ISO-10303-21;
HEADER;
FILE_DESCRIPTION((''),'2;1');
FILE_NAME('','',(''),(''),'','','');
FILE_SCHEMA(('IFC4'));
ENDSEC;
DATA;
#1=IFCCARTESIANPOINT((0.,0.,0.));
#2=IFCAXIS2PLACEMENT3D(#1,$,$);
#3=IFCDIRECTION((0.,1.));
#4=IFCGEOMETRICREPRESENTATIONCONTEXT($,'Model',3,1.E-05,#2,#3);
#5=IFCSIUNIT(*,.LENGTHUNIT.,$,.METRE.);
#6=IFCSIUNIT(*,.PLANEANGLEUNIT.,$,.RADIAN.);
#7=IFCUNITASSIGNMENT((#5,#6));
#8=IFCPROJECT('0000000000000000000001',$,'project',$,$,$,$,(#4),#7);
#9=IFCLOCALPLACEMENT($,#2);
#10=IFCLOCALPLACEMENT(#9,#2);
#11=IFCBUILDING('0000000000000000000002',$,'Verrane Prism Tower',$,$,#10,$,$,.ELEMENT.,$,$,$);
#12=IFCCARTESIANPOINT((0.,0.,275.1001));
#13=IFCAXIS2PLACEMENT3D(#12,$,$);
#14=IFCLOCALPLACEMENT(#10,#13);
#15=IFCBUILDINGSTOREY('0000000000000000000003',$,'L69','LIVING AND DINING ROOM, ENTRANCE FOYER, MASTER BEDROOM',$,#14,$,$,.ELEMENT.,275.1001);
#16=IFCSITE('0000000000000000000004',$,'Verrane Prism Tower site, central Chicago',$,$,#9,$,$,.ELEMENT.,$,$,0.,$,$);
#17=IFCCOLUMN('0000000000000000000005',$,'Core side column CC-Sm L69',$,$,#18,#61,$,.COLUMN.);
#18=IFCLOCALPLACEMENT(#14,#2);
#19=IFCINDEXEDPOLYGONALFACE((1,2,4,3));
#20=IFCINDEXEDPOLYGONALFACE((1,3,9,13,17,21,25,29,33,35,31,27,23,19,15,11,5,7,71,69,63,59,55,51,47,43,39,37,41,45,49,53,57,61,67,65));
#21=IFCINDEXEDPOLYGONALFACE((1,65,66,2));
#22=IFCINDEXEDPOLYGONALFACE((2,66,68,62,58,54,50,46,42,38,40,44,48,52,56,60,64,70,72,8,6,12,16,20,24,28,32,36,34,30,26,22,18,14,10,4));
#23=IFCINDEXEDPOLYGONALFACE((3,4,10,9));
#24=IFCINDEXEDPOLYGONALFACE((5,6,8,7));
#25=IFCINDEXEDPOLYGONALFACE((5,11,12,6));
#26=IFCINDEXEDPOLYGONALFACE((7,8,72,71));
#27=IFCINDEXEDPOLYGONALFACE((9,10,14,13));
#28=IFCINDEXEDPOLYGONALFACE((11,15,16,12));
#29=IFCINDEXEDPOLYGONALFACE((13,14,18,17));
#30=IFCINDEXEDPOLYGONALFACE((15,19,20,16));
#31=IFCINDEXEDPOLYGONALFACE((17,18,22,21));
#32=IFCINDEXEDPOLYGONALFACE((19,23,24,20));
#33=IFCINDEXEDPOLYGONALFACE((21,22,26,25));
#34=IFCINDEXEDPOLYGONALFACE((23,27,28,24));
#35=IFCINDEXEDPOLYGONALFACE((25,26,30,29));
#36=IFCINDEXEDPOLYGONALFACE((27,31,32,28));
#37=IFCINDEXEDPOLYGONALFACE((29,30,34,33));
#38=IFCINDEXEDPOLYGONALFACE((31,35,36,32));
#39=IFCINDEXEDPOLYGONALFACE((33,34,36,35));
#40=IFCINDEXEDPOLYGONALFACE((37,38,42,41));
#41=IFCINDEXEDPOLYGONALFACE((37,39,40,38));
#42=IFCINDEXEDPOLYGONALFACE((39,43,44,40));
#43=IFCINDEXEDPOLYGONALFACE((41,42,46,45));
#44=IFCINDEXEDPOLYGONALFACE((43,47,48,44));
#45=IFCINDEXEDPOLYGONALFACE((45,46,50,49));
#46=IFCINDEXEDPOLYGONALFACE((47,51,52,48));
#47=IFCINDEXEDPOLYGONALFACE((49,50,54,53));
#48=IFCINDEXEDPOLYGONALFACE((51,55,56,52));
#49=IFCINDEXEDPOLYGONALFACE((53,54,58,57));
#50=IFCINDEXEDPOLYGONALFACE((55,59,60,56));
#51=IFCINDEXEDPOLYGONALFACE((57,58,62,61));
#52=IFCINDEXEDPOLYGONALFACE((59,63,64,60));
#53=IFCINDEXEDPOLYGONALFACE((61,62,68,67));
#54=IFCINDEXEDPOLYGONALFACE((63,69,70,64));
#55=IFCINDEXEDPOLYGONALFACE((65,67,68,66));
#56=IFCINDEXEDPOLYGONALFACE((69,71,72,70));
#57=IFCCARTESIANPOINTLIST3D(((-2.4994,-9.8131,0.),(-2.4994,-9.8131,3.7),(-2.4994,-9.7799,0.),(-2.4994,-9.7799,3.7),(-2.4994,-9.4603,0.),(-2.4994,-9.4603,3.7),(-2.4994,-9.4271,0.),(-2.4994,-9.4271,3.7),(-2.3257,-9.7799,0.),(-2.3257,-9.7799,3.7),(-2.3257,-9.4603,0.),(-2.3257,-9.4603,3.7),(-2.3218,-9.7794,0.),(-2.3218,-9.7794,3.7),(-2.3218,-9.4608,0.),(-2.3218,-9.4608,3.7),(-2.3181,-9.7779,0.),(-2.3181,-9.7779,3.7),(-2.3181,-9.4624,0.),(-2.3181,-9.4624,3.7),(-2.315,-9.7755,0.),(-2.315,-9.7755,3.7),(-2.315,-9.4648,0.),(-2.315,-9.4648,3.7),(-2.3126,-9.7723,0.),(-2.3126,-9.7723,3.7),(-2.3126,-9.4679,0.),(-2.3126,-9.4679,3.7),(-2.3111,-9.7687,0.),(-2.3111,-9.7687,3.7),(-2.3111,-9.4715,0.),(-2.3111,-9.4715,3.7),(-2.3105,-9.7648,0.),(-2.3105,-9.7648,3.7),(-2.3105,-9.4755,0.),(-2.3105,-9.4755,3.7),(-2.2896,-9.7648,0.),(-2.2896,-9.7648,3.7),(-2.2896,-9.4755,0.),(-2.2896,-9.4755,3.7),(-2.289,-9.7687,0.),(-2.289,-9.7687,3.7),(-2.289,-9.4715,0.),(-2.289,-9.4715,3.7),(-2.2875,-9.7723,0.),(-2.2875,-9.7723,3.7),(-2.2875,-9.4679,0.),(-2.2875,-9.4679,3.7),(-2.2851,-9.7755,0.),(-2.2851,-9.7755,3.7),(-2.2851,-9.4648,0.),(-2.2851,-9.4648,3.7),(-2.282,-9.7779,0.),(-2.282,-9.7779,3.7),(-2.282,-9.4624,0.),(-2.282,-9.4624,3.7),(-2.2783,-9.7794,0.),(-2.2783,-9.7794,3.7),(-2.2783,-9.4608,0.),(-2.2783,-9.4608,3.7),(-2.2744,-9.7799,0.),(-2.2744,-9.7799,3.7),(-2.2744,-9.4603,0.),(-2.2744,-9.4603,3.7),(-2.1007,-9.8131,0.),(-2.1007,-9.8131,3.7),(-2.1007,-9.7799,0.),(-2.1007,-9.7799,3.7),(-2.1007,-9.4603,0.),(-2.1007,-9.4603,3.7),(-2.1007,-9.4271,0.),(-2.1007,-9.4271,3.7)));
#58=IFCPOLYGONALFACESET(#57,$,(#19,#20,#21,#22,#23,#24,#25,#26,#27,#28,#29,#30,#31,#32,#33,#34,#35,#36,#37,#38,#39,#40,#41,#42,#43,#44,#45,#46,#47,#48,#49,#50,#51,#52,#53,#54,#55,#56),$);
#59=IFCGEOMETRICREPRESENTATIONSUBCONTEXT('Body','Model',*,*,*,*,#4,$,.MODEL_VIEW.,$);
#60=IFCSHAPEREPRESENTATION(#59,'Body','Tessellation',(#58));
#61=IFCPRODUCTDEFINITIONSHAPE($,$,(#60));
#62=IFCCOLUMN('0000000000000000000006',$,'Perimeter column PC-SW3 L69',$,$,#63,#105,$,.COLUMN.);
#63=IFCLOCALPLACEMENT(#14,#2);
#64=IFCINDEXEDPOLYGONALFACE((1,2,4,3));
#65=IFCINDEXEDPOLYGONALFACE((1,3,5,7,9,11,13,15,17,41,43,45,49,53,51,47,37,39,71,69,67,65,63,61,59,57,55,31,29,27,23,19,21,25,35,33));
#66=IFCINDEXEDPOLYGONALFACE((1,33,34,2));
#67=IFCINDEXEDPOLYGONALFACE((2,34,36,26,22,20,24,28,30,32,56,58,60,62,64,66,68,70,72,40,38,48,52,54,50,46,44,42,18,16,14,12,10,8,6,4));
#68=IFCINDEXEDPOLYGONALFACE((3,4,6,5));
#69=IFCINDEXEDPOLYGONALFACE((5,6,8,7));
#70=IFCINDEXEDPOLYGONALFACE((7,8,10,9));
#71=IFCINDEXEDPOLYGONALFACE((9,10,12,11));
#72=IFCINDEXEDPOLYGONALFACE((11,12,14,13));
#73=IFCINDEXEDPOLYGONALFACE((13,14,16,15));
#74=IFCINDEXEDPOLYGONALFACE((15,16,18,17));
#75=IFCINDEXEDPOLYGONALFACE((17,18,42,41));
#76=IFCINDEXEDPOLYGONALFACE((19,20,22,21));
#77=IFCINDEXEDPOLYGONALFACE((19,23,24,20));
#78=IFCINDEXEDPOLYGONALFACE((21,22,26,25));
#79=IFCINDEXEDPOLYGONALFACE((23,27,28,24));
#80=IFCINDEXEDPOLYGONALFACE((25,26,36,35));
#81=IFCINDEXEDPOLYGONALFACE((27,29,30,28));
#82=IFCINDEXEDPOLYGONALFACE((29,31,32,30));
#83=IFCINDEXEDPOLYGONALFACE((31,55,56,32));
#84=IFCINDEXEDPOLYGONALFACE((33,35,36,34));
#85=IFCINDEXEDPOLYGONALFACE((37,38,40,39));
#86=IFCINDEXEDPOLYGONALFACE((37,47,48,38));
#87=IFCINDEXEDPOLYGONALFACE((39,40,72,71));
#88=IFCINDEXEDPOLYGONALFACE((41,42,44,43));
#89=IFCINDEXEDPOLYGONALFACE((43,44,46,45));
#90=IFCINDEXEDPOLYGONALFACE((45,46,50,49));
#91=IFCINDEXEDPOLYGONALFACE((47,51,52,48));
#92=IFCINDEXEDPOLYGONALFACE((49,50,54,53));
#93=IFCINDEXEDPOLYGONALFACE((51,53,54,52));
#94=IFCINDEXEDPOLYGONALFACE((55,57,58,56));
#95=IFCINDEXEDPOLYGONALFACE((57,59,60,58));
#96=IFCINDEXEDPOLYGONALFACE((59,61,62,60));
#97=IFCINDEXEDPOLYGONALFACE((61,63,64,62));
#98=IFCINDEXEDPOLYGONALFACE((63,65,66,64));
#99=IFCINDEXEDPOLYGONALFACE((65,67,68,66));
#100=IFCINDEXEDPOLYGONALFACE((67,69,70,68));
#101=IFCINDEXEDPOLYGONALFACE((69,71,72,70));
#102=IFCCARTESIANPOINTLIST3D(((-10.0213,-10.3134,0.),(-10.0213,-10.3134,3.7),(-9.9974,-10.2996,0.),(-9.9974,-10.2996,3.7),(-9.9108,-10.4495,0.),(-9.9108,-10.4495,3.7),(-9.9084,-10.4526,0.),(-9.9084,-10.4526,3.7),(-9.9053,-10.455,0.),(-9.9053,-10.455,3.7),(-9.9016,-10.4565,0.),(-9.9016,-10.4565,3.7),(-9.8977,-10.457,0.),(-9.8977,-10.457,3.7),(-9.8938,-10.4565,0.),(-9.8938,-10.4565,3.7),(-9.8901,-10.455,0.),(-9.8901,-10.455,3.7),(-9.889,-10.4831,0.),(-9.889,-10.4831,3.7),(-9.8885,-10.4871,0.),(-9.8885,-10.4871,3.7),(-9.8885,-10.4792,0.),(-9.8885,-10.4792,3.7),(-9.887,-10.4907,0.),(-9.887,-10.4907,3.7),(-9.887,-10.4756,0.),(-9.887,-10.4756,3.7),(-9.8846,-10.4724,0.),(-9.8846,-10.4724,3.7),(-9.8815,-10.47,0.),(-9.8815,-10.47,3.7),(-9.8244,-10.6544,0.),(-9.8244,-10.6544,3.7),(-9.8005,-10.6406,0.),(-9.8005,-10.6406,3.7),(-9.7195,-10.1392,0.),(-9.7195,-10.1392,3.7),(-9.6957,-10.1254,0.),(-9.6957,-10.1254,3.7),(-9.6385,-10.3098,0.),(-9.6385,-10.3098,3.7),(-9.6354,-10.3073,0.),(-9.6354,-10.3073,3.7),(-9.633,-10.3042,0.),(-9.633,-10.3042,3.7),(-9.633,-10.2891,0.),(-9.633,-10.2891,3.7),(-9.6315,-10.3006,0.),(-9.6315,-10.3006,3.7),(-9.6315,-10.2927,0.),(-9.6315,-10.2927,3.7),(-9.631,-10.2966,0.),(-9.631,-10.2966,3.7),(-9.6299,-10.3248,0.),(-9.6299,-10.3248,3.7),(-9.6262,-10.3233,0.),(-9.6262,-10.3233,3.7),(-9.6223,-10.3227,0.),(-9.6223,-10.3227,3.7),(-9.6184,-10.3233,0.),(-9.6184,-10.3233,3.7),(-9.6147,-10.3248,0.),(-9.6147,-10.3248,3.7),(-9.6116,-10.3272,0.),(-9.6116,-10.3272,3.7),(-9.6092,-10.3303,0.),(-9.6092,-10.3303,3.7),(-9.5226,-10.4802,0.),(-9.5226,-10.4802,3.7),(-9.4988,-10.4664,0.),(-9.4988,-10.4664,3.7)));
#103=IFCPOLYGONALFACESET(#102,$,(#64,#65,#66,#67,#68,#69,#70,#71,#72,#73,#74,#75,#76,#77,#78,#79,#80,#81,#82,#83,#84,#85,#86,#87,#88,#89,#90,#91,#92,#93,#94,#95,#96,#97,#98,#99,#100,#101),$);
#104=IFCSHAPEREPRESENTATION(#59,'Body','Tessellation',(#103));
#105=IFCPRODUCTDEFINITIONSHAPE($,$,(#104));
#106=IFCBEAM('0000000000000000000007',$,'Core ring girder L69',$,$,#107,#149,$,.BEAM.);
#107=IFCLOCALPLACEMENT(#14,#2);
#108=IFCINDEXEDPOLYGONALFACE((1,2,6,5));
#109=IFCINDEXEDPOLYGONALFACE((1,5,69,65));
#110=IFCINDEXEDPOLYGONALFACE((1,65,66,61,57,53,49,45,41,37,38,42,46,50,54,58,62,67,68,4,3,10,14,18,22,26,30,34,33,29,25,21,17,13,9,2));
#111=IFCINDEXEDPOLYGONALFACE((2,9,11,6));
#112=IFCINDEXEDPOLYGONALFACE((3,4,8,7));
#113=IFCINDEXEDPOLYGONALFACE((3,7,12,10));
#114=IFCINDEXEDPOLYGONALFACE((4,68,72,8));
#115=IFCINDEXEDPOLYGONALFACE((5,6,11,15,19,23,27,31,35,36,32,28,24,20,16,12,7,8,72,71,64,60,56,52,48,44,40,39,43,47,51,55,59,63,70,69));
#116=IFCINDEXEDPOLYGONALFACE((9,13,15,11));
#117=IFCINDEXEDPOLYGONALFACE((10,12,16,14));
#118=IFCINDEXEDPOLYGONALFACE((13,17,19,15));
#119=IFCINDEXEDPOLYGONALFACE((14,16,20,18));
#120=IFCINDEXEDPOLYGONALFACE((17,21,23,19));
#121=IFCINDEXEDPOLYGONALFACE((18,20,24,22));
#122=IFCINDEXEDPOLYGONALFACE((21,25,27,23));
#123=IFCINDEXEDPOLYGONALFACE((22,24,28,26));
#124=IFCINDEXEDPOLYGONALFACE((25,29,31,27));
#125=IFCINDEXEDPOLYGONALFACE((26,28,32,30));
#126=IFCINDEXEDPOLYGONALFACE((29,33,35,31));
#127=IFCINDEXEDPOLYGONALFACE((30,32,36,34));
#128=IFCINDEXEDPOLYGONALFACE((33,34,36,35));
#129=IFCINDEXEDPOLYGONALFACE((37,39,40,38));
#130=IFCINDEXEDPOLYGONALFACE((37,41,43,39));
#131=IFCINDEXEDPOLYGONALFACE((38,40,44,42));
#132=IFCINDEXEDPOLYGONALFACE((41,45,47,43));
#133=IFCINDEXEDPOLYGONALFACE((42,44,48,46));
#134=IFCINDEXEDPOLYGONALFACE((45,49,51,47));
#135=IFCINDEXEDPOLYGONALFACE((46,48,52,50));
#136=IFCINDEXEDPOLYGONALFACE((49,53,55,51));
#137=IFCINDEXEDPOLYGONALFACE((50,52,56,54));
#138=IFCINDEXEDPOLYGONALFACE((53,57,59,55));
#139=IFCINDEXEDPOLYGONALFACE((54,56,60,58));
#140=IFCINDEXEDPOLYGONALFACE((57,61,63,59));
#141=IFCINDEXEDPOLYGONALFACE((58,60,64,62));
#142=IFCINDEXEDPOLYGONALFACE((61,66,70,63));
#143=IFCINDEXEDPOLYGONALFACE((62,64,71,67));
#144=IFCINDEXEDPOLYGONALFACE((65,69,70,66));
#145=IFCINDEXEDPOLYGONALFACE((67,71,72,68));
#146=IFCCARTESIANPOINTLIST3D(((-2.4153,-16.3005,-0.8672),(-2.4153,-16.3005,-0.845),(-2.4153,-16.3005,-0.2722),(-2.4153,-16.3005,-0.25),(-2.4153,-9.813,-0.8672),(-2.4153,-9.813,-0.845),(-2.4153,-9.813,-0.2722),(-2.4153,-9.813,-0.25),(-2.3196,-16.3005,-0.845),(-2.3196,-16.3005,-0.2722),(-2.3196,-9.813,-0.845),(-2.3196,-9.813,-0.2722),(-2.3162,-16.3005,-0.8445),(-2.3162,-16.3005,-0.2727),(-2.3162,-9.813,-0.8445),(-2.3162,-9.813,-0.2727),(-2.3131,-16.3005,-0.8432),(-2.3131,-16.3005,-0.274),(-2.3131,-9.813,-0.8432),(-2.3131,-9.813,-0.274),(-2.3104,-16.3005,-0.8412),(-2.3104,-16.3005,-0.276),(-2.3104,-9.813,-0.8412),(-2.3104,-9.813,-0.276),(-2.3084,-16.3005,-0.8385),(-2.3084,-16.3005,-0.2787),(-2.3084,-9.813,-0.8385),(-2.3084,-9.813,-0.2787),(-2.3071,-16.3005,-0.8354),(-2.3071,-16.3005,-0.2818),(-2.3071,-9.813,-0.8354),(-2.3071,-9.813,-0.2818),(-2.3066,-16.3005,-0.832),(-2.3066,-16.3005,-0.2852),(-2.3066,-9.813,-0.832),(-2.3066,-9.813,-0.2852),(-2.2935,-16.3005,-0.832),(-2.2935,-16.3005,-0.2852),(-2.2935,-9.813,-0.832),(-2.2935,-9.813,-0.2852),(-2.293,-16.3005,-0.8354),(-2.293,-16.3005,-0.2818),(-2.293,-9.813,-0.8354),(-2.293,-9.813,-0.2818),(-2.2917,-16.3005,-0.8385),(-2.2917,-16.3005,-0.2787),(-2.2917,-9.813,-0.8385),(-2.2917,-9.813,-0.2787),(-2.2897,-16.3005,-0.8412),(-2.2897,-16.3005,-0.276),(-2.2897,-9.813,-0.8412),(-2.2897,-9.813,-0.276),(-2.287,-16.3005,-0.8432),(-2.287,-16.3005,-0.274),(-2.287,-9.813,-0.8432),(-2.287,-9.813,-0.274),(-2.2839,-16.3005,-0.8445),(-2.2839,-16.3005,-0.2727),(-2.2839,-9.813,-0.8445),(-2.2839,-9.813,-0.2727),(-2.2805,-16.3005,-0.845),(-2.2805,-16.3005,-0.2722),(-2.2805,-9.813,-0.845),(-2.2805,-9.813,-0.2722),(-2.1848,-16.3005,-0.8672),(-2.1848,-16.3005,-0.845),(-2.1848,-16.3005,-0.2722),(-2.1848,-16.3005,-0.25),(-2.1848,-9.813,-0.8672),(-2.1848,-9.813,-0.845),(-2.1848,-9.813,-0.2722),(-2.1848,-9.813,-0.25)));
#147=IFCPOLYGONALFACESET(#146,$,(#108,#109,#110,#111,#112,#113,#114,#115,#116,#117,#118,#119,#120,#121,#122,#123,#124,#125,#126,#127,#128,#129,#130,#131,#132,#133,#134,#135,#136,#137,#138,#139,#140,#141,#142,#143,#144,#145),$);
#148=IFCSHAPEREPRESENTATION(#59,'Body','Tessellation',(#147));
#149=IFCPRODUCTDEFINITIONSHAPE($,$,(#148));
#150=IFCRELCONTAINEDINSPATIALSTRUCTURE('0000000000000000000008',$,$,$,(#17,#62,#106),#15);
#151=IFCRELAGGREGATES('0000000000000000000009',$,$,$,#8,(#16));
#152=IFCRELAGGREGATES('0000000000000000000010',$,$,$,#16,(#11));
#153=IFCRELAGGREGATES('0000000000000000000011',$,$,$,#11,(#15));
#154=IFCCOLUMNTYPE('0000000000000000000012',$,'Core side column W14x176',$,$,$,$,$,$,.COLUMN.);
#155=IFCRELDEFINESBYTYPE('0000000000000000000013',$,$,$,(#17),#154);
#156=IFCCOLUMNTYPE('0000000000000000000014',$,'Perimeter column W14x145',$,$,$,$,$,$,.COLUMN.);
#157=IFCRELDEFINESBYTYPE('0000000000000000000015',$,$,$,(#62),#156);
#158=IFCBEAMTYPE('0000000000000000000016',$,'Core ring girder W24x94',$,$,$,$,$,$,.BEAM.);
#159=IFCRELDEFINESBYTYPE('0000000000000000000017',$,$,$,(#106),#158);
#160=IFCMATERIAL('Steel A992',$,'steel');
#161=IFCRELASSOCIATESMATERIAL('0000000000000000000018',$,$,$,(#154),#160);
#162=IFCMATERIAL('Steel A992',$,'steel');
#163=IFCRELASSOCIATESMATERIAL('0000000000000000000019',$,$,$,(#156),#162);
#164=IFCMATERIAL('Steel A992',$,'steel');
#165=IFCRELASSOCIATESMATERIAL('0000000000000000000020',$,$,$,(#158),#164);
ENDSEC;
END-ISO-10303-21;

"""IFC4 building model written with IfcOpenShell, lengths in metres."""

from ifc_helpers import new_model, si_unit, direction, frame, origin, origin_2d, place, context, subcontext, project, spatial, i_section, extrude, material, material_profile, profile_set, type_object, element, save


model = new_model("IFC4")

# Units and contexts
model_context = context("Model", 3, precision=1e-05, world=origin(), true_north=direction((0.0, 1.0)))
body_context = subcontext(model_context, "Body", "Model", "MODEL_VIEW")
ifc_project = project(units=[si_unit("LENGTHUNIT", "METRE"), si_unit("PLANEANGLEUNIT", "RADIAN")], contexts=[model_context])

# Site, building, storey
site_placement = place(None, origin())
site = spatial("IfcSite", under=ifc_project, at=site_placement, Name="Verrane Prism Tower site, central Chicago", CompositionType="ELEMENT", RefElevation=0.0)
building_placement = place(site_placement, origin())
building = spatial("IfcBuilding", under=site, at=building_placement, Name="Verrane Prism Tower", CompositionType="ELEMENT")
storey_placement = place(building_placement, frame((0.0, 0.0, 275.1001)))
storey = spatial("IfcBuildingStorey", under=building, at=storey_placement, Name="L69", Description="LIVING AND DINING ROOM, ENTRANCE FOYER, MASTER BEDROOM", CompositionType="ELEMENT", Elevation=275.1001)

# Columns
ifc_material_1 = material(Name="Steel A992", Category="steel")
ifc_material_profile_1 = material_profile(ifc_material_1, i_section(OverallWidth=0.3987, OverallDepth=0.386, WebThickness=0.021, FlangeThickness=0.0332, FilletRadius=0.0151, at=origin_2d()), Name="W14x176")
ifc_profile_set_1 = profile_set([ifc_material_profile_1], Name="Steel A992")
column_type_1 = type_object("IfcColumnType", Name="Core side column W14x176", PredefinedType="COLUMN", material=ifc_profile_set_1)
column_1_placement = place(storey_placement, frame((-2.3, -9.6201, 0.0), z_axis=(0.0, 0.0, 1.0), x_axis=(1.0, 0.0, 0.0)))
element("IfcColumn", 1, at=column_1_placement, inside=storey, type_object=column_type_1, Name="Core side column CC-Sm L69", PredefinedType="COLUMN", context=body_context, shape_type="SweptSolid", body=[
    extrude(i_section(OverallWidth=0.3987, OverallDepth=0.386, WebThickness=0.021, FlangeThickness=0.0332, FilletRadius=0.0151, at=origin_2d()), origin(), (0.0, 0.0, 1.0), 3.7),
])
ifc_material_2 = material(Name="Steel A992", Category="steel")
ifc_material_profile_2 = material_profile(ifc_material_2, i_section(OverallWidth=0.3938, OverallDepth=0.376, WebThickness=0.0173, FlangeThickness=0.0276, FilletRadius=0.0151, at=origin_2d()), Name="W14x145")
ifc_profile_set_2 = profile_set([ifc_material_profile_2], Name="Steel A992")
column_type_2 = type_object("IfcColumnType", Name="Perimeter column W14x145", PredefinedType="COLUMN", material=ifc_profile_set_2)
column_2_placement = place(storey_placement, frame((-9.76, -10.3899, 0.0), z_axis=(0.0, 0.0, 1.0), x_axis=(-0.5, 0.866025, 0.0)))
element("IfcColumn", 2, at=column_2_placement, inside=storey, type_object=column_type_2, Name="Perimeter column PC-SW3 L69", PredefinedType="COLUMN", context=body_context, shape_type="SweptSolid", body=[
    extrude(i_section(OverallWidth=0.3938, OverallDepth=0.376, WebThickness=0.0173, FlangeThickness=0.0276, FilletRadius=0.0151, at=origin_2d()), origin(), (0.0, 0.0, 1.0), 3.7),
])

# Beam
ifc_material_3 = material(Name="Steel A992", Category="steel")
ifc_material_profile_3 = material_profile(ifc_material_3, i_section(OverallWidth=0.2305, OverallDepth=0.6172, WebThickness=0.0132, FlangeThickness=0.0222, FilletRadius=0.0129, at=origin_2d()), Name="W24x94")
ifc_profile_set_3 = profile_set([ifc_material_profile_3], Name="Steel A992")
beam_type_1 = type_object("IfcBeamType", Name="Core ring girder W24x94", PredefinedType="BEAM", material=ifc_profile_set_3)
beam_1_placement = place(storey_placement, frame((-2.3, -9.813, -0.5586), z_axis=(0.0, -1.0, 0.0), x_axis=(1.0, 0.0, 0.0)))
element("IfcBeam", 3, at=beam_1_placement, inside=storey, type_object=beam_type_1, Name="Core ring girder L69", PredefinedType="BEAM", context=body_context, shape_type="SweptSolid", body=[
    extrude(i_section(OverallWidth=0.2305, OverallDepth=0.6172, WebThickness=0.0132, FlangeThickness=0.0222, FilletRadius=0.0129, at=origin_2d()), origin(), (0.0, 0.0, 1.0), 6.4875),
])

save(model, "model.ifc")
